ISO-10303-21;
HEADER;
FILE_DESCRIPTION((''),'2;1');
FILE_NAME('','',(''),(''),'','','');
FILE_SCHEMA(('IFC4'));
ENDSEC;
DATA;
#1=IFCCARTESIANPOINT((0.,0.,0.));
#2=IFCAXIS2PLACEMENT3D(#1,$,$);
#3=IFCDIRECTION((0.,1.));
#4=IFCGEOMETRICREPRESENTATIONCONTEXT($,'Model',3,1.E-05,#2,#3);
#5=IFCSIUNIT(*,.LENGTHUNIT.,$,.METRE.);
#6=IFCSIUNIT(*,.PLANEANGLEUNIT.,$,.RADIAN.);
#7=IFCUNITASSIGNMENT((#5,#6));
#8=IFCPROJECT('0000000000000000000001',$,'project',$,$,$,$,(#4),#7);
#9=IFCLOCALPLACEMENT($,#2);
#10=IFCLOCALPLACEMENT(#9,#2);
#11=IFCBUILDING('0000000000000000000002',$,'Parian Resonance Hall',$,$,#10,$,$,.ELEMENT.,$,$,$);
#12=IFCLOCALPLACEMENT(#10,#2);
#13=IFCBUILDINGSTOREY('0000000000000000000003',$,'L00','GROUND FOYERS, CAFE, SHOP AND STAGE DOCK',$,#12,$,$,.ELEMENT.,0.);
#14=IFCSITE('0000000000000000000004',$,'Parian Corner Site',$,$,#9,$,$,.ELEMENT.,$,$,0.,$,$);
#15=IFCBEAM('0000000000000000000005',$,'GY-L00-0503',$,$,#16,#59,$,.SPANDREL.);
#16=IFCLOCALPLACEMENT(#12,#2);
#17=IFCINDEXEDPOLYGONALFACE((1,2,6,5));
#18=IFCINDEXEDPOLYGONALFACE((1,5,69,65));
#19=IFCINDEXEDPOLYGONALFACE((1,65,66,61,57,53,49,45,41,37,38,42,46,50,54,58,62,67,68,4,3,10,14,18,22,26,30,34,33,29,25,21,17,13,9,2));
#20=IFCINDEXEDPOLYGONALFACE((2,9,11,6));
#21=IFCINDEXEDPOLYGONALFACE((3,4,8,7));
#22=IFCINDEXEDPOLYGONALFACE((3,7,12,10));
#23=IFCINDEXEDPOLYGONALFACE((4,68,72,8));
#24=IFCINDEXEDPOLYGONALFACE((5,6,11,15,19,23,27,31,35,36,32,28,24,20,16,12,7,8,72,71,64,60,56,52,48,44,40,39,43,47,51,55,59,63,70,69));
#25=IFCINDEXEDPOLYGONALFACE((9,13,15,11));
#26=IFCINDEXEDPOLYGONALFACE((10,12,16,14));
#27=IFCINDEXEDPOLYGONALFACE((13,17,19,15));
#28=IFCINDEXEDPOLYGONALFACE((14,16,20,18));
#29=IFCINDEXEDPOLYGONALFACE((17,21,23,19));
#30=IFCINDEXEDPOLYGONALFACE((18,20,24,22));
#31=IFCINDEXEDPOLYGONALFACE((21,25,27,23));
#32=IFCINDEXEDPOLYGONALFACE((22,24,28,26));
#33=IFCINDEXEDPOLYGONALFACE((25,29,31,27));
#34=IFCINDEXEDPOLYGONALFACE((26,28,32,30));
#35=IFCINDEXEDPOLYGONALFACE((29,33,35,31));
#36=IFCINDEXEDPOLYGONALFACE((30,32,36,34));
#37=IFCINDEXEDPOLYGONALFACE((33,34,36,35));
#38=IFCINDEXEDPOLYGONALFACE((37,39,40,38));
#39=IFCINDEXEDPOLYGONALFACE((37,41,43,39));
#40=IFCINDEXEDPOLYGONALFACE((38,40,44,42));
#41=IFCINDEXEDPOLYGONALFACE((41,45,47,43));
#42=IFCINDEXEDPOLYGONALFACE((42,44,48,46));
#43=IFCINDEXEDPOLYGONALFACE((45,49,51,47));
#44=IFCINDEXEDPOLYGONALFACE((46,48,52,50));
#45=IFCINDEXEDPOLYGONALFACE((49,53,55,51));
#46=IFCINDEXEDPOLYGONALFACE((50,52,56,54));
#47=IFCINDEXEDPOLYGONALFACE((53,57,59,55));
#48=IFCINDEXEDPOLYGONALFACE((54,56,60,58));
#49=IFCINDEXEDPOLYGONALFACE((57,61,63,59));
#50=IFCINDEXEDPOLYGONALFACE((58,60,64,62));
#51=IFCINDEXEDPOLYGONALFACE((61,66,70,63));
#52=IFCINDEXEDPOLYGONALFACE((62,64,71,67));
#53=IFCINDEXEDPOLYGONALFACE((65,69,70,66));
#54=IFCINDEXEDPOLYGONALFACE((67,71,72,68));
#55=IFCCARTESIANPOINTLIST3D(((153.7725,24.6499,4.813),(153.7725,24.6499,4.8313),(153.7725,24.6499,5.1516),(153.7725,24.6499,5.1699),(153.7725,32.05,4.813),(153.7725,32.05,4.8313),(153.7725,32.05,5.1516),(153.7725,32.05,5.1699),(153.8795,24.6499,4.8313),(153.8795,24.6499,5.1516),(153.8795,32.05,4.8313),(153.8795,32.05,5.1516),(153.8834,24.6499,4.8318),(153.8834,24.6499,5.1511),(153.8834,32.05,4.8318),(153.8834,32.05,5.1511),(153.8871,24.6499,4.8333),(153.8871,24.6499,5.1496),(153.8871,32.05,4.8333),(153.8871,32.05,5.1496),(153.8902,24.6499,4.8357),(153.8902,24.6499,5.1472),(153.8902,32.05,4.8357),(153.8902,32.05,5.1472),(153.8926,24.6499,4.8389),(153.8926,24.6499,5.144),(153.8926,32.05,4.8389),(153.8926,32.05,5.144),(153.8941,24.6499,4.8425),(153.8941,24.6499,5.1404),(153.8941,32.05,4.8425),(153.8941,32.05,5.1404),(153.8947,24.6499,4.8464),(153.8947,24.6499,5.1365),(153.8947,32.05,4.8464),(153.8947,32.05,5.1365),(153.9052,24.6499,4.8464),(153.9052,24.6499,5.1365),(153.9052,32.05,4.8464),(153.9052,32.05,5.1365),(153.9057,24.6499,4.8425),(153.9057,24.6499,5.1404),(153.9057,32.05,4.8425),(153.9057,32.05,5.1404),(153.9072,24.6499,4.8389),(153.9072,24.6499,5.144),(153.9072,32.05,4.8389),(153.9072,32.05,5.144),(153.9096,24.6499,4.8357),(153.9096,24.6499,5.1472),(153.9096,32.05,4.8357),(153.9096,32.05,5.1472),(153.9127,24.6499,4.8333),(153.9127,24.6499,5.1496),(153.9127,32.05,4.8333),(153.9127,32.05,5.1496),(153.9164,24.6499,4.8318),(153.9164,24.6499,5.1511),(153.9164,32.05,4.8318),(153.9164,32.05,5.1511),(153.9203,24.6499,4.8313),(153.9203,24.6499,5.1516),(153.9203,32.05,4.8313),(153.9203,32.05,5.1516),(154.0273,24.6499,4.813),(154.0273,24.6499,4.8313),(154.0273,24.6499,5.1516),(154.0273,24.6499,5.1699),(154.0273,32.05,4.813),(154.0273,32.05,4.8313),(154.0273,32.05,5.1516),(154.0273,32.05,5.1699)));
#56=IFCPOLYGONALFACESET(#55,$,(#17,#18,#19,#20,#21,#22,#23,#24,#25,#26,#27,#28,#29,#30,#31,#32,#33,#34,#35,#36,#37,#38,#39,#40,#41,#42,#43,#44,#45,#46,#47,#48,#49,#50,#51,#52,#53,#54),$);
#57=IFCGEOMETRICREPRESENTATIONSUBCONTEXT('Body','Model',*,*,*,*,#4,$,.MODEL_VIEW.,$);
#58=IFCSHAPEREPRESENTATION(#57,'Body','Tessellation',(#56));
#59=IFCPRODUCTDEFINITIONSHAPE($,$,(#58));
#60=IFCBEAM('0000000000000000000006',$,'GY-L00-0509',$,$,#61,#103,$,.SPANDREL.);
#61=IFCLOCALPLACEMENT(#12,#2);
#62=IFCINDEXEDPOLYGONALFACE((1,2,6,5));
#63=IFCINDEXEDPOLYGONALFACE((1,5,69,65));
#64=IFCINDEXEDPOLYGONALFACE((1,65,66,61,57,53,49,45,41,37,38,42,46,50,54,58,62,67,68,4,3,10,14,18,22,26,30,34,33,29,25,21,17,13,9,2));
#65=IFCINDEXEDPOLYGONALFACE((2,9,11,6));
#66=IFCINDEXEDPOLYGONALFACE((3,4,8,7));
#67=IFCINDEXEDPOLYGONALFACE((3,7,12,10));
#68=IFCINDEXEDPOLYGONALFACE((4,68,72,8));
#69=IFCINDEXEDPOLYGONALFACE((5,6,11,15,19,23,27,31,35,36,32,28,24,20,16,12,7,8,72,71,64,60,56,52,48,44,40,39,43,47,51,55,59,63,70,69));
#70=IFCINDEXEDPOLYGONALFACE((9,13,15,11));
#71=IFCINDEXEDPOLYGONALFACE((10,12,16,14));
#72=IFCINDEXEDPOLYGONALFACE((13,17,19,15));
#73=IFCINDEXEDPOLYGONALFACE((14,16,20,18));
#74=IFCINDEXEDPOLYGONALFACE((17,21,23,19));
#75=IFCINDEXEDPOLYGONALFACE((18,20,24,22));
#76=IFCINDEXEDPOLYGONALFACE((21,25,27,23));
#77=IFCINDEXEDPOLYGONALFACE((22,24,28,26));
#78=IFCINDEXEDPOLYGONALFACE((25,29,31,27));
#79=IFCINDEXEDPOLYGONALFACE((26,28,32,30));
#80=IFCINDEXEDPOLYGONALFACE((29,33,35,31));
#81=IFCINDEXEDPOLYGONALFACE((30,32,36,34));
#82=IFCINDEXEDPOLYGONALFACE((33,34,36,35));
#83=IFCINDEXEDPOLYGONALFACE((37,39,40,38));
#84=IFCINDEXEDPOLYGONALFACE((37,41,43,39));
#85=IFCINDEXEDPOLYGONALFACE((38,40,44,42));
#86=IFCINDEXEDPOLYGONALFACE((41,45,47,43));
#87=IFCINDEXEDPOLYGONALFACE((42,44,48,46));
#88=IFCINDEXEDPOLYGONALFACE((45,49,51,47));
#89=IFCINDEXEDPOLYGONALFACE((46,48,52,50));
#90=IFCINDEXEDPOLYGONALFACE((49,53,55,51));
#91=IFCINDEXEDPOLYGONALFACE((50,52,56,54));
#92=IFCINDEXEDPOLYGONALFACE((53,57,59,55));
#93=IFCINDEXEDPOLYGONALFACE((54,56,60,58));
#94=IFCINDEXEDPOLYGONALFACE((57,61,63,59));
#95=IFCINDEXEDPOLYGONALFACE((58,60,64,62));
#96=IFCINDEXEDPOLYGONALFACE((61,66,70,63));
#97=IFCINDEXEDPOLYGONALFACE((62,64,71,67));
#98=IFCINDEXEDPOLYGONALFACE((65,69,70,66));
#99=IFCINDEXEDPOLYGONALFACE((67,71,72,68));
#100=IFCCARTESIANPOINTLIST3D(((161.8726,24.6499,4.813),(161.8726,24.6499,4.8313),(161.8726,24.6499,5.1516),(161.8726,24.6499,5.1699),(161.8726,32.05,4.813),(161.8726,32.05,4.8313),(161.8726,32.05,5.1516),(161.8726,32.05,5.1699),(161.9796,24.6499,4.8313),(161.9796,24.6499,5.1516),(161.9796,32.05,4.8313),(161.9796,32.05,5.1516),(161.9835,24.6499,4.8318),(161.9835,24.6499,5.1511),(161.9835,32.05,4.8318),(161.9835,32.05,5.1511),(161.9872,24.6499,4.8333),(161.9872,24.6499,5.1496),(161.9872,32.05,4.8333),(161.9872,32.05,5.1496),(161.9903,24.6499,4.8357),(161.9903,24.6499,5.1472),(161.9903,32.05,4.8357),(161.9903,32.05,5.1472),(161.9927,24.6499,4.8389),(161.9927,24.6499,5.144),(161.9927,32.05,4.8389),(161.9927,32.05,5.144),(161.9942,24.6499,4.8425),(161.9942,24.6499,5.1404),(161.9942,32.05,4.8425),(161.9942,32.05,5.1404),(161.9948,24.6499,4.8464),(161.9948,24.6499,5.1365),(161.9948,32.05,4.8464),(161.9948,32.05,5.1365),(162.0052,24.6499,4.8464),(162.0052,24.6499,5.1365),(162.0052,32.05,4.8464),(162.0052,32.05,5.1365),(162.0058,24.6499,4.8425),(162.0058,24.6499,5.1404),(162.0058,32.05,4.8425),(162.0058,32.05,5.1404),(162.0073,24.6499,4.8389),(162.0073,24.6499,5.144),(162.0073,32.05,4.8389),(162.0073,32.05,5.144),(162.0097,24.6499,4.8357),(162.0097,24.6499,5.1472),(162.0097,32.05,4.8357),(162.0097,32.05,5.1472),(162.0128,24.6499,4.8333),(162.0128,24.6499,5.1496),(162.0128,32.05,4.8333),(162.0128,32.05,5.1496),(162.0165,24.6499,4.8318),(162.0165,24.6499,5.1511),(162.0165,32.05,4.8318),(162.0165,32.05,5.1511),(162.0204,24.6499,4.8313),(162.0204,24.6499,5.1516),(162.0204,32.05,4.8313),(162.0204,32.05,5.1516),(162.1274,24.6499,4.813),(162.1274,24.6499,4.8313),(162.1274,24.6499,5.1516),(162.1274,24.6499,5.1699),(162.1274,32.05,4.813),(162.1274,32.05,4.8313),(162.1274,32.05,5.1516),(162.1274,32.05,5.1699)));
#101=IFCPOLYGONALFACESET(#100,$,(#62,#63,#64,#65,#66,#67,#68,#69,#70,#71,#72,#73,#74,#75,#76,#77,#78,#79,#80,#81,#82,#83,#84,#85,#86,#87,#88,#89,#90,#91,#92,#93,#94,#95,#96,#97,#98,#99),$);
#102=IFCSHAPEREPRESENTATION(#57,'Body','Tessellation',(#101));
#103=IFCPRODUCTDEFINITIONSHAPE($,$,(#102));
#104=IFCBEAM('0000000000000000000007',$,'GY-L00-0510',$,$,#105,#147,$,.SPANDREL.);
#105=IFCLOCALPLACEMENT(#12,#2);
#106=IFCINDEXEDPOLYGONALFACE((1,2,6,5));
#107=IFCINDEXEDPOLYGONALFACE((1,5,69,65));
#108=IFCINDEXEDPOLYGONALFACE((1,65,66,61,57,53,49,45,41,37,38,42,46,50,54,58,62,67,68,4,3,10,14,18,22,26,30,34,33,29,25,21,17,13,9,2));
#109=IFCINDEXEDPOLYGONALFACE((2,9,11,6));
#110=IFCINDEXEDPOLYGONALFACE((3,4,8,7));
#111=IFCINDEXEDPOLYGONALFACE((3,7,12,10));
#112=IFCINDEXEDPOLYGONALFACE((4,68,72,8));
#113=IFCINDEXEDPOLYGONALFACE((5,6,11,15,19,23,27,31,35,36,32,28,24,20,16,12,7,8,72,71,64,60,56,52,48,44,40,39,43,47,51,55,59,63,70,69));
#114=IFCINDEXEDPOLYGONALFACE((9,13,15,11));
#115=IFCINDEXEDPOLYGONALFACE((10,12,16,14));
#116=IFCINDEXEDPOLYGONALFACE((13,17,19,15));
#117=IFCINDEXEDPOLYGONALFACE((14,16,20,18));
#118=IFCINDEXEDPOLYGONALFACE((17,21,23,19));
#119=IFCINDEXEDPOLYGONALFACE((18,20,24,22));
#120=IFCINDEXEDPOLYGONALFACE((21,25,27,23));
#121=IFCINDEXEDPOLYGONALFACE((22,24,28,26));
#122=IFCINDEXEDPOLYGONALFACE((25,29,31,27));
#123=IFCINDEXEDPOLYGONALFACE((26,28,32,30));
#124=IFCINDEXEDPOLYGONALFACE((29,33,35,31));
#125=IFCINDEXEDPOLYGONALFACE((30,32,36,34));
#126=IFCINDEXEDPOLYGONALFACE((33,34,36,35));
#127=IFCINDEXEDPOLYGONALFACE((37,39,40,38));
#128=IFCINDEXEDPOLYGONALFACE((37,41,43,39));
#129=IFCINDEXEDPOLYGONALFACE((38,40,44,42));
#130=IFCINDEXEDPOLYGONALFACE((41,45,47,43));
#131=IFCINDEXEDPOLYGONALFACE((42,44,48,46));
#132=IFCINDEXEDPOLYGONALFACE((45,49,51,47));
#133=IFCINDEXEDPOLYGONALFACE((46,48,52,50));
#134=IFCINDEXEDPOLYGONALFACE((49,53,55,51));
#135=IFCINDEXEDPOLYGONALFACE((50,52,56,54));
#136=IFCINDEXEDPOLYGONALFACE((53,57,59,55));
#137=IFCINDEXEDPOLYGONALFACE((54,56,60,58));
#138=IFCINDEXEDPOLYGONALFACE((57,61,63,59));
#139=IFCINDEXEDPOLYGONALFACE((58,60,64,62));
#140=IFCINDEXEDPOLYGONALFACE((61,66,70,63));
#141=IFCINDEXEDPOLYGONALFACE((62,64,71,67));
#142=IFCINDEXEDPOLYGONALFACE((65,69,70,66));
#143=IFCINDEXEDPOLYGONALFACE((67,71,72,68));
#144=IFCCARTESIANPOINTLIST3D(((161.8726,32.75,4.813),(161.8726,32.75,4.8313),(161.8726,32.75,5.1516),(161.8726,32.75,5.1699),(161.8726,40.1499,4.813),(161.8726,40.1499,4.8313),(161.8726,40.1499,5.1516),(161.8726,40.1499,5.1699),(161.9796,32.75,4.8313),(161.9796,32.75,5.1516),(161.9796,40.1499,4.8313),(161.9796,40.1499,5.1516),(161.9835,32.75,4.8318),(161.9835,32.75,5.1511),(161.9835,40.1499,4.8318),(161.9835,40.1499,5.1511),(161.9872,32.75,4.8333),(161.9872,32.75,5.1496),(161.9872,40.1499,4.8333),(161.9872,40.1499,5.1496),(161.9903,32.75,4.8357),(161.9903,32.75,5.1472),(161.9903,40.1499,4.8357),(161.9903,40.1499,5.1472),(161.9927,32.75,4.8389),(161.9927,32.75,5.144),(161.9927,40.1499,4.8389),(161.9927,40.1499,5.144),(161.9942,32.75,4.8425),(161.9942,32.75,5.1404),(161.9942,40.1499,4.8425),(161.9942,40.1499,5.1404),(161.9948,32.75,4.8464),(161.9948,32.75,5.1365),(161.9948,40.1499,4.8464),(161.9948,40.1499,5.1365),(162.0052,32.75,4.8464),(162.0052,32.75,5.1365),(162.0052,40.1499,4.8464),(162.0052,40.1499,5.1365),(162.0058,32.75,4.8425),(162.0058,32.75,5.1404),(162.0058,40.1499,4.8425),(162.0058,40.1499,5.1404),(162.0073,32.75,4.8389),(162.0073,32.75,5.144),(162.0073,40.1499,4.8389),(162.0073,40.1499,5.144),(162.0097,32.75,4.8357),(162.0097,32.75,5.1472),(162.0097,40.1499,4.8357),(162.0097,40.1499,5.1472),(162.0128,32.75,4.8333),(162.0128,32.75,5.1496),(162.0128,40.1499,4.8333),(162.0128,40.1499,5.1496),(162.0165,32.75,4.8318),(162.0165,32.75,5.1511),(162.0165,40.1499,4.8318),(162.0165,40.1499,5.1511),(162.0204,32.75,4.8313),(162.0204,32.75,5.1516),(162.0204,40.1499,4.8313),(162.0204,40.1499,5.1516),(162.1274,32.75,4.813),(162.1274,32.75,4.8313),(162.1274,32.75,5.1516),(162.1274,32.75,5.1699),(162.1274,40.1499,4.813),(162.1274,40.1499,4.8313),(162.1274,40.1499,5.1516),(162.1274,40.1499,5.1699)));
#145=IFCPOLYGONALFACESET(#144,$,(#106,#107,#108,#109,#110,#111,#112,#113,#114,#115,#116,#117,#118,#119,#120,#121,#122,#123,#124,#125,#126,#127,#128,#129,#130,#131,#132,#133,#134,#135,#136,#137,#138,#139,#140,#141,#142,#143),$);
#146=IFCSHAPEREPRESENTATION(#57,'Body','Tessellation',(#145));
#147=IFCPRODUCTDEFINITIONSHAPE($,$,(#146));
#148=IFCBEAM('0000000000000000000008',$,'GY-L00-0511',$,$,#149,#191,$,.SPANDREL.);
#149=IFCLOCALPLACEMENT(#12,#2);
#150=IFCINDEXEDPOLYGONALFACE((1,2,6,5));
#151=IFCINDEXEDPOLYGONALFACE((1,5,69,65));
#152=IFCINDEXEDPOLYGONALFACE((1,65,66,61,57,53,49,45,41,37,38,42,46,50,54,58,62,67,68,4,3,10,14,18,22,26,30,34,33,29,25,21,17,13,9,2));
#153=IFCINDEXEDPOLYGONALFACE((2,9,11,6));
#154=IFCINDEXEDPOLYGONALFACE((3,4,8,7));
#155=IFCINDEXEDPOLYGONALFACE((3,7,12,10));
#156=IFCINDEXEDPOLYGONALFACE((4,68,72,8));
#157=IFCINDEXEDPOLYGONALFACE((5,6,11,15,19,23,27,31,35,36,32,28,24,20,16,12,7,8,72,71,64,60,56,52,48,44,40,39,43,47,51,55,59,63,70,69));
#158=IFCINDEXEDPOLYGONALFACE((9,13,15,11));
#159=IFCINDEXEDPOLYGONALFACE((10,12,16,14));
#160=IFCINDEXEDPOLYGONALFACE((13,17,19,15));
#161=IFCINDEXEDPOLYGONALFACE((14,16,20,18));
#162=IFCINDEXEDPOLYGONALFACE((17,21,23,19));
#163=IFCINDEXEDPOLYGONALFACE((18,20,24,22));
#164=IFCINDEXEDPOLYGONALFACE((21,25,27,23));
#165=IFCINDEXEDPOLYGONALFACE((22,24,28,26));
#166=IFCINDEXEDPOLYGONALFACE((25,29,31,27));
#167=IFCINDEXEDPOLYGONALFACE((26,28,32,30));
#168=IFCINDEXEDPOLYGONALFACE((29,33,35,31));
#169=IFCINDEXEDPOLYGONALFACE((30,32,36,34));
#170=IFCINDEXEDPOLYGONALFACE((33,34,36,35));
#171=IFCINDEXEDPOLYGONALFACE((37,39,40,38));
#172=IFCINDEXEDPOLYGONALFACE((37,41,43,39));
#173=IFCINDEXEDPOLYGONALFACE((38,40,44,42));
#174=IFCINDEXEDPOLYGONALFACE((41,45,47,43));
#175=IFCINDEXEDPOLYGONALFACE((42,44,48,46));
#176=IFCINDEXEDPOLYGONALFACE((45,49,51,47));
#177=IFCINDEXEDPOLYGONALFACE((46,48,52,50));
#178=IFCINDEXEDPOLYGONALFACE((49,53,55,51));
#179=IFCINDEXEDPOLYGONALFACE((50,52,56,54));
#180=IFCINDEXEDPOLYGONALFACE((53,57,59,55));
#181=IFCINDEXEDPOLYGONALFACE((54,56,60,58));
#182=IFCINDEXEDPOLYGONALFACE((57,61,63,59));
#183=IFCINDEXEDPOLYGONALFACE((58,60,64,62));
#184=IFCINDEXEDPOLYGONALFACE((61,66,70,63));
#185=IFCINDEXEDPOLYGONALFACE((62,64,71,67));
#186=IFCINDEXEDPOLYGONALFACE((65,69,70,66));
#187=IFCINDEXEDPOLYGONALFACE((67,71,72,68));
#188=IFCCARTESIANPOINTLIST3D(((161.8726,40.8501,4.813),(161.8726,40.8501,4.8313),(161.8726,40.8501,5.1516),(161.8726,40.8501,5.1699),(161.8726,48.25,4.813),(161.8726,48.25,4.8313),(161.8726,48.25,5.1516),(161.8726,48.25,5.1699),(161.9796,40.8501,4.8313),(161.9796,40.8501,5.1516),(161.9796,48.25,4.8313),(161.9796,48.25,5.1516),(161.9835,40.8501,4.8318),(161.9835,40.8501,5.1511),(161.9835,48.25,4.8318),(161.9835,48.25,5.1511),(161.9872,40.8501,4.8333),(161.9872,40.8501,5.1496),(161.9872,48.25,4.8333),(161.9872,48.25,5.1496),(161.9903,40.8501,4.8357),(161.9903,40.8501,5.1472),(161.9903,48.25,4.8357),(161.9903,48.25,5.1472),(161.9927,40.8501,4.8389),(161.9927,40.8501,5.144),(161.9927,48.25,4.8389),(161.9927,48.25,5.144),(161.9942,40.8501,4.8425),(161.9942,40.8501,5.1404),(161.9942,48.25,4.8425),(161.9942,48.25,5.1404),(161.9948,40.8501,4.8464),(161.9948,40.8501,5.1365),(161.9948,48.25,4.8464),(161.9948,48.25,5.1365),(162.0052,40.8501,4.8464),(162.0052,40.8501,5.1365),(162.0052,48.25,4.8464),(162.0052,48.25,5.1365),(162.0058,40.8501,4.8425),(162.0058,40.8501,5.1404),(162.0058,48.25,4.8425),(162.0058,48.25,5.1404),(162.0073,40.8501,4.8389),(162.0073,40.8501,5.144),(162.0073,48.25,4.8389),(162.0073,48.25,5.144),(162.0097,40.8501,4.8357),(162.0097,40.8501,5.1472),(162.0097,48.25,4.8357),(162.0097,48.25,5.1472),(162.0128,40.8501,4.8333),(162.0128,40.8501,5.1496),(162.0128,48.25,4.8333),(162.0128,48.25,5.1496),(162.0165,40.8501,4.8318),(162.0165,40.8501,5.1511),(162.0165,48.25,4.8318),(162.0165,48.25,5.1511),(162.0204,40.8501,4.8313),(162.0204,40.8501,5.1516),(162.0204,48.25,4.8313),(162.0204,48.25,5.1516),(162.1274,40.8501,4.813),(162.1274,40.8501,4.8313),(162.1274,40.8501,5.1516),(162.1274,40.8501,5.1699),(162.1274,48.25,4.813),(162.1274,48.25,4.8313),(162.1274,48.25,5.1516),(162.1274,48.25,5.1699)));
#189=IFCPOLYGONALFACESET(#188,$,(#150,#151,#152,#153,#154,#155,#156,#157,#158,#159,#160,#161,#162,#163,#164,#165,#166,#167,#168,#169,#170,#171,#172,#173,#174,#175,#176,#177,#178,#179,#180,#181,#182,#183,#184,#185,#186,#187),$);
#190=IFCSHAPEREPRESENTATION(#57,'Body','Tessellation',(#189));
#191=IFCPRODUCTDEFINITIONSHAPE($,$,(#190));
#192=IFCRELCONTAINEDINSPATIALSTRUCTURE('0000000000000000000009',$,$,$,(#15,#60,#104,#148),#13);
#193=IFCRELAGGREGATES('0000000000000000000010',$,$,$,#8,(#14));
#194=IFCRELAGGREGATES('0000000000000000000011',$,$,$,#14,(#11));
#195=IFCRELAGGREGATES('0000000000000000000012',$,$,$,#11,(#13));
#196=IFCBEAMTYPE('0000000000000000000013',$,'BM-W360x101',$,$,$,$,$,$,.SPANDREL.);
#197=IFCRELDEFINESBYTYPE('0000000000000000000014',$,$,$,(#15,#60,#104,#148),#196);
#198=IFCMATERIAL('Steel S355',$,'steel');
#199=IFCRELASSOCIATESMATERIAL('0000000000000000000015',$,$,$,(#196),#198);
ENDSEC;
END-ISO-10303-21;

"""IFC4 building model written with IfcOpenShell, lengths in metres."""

from ifc_helpers import new_model, si_unit, direction, frame, origin, origin_2d, place, context, subcontext, project, spatial, i_section, extrude, material, material_profile, profile_set, type_object, element, save


model = new_model("IFC4")

# Units and contexts
model_context = context("Model", 3, precision=1e-05, world=origin(), true_north=direction((0.0, 1.0)))
body_context = subcontext(model_context, "Body", "Model", "MODEL_VIEW")
ifc_project = project(units=[si_unit("LENGTHUNIT", "METRE"), si_unit("PLANEANGLEUNIT", "RADIAN")], contexts=[model_context])

# Site, building, storey
site_placement = place(None, origin())
site = spatial("IfcSite", under=ifc_project, at=site_placement, Name="Parian Corner Site", CompositionType="ELEMENT", RefElevation=0.0)
building_placement = place(site_placement, origin())
building = spatial("IfcBuilding", under=site, at=building_placement, Name="Parian Resonance Hall", CompositionType="ELEMENT")
storey_placement = place(building_placement, origin())
storey = spatial("IfcBuildingStorey", under=building, at=storey_placement, Name="L00", Description="GROUND FOYERS, CAFE, SHOP AND STAGE DOCK", CompositionType="ELEMENT", Elevation=0.0)

# Beams
ifc_material_1 = material(Name="Steel S355", Category="steel")
ifc_material_profile_1 = material_profile(ifc_material_1, i_section(OverallWidth=0.2549, OverallDepth=0.3569, WebThickness=0.0105, FlangeThickness=0.0183, FilletRadius=0.0151, at=origin_2d()), Name="W360x101")
ifc_profile_set_1 = profile_set([ifc_material_profile_1], Name="Steel S355")
beam_type_1 = type_object("IfcBeamType", Name="BM-W360x101", PredefinedType="SPANDREL", material=ifc_profile_set_1)
for number, where, z_axis, x_axis, name in (
    (1, (153.8999, 24.6499, 4.9915), (0.0, 1.0, 0.0), (-1.0, 0.0, 0.0), "GY-L00-0503"),
    (2, (162.0, 24.6499, 4.9915), (0.0, 1.0, 0.0), (-1.0, 0.0, 0.0), "GY-L00-0509"),
):
    element("IfcBeam", number, at=place(storey_placement, frame(where, z_axis=z_axis, x_axis=x_axis)), inside=storey, type_object=beam_type_1, Name=name, PredefinedType="SPANDREL", context=body_context, shape_type="SweptSolid", body=[
        extrude(i_section(OverallWidth=0.2549, OverallDepth=0.3569, WebThickness=0.0105, FlangeThickness=0.0183, FilletRadius=0.0151, at=origin_2d()), origin(), (0.0, 0.0, 1.0), 7.4001),
    ])
for number, where, z_axis, x_axis, name in (
    (3, (162.0, 32.75, 4.9915), (0.0, 1.0, 0.0), (-1.0, 0.0, 0.0), "GY-L00-0510"),
    (4, (162.0, 40.8501, 4.9915), (0.0, 1.0, 0.0), (-1.0, 0.0, 0.0), "GY-L00-0511"),
):
    element("IfcBeam", number, at=place(storey_placement, frame(where, z_axis=z_axis, x_axis=x_axis)), inside=storey, type_object=beam_type_1, Name=name, PredefinedType="SPANDREL", context=body_context, shape_type="SweptSolid", body=[
        extrude(i_section(OverallWidth=0.2549, OverallDepth=0.3569, WebThickness=0.0105, FlangeThickness=0.0183, FilletRadius=0.0151, at=origin_2d()), origin(), (0.0, 0.0, 1.0), 7.3999),
    ])

save(model, "model.ifc")
